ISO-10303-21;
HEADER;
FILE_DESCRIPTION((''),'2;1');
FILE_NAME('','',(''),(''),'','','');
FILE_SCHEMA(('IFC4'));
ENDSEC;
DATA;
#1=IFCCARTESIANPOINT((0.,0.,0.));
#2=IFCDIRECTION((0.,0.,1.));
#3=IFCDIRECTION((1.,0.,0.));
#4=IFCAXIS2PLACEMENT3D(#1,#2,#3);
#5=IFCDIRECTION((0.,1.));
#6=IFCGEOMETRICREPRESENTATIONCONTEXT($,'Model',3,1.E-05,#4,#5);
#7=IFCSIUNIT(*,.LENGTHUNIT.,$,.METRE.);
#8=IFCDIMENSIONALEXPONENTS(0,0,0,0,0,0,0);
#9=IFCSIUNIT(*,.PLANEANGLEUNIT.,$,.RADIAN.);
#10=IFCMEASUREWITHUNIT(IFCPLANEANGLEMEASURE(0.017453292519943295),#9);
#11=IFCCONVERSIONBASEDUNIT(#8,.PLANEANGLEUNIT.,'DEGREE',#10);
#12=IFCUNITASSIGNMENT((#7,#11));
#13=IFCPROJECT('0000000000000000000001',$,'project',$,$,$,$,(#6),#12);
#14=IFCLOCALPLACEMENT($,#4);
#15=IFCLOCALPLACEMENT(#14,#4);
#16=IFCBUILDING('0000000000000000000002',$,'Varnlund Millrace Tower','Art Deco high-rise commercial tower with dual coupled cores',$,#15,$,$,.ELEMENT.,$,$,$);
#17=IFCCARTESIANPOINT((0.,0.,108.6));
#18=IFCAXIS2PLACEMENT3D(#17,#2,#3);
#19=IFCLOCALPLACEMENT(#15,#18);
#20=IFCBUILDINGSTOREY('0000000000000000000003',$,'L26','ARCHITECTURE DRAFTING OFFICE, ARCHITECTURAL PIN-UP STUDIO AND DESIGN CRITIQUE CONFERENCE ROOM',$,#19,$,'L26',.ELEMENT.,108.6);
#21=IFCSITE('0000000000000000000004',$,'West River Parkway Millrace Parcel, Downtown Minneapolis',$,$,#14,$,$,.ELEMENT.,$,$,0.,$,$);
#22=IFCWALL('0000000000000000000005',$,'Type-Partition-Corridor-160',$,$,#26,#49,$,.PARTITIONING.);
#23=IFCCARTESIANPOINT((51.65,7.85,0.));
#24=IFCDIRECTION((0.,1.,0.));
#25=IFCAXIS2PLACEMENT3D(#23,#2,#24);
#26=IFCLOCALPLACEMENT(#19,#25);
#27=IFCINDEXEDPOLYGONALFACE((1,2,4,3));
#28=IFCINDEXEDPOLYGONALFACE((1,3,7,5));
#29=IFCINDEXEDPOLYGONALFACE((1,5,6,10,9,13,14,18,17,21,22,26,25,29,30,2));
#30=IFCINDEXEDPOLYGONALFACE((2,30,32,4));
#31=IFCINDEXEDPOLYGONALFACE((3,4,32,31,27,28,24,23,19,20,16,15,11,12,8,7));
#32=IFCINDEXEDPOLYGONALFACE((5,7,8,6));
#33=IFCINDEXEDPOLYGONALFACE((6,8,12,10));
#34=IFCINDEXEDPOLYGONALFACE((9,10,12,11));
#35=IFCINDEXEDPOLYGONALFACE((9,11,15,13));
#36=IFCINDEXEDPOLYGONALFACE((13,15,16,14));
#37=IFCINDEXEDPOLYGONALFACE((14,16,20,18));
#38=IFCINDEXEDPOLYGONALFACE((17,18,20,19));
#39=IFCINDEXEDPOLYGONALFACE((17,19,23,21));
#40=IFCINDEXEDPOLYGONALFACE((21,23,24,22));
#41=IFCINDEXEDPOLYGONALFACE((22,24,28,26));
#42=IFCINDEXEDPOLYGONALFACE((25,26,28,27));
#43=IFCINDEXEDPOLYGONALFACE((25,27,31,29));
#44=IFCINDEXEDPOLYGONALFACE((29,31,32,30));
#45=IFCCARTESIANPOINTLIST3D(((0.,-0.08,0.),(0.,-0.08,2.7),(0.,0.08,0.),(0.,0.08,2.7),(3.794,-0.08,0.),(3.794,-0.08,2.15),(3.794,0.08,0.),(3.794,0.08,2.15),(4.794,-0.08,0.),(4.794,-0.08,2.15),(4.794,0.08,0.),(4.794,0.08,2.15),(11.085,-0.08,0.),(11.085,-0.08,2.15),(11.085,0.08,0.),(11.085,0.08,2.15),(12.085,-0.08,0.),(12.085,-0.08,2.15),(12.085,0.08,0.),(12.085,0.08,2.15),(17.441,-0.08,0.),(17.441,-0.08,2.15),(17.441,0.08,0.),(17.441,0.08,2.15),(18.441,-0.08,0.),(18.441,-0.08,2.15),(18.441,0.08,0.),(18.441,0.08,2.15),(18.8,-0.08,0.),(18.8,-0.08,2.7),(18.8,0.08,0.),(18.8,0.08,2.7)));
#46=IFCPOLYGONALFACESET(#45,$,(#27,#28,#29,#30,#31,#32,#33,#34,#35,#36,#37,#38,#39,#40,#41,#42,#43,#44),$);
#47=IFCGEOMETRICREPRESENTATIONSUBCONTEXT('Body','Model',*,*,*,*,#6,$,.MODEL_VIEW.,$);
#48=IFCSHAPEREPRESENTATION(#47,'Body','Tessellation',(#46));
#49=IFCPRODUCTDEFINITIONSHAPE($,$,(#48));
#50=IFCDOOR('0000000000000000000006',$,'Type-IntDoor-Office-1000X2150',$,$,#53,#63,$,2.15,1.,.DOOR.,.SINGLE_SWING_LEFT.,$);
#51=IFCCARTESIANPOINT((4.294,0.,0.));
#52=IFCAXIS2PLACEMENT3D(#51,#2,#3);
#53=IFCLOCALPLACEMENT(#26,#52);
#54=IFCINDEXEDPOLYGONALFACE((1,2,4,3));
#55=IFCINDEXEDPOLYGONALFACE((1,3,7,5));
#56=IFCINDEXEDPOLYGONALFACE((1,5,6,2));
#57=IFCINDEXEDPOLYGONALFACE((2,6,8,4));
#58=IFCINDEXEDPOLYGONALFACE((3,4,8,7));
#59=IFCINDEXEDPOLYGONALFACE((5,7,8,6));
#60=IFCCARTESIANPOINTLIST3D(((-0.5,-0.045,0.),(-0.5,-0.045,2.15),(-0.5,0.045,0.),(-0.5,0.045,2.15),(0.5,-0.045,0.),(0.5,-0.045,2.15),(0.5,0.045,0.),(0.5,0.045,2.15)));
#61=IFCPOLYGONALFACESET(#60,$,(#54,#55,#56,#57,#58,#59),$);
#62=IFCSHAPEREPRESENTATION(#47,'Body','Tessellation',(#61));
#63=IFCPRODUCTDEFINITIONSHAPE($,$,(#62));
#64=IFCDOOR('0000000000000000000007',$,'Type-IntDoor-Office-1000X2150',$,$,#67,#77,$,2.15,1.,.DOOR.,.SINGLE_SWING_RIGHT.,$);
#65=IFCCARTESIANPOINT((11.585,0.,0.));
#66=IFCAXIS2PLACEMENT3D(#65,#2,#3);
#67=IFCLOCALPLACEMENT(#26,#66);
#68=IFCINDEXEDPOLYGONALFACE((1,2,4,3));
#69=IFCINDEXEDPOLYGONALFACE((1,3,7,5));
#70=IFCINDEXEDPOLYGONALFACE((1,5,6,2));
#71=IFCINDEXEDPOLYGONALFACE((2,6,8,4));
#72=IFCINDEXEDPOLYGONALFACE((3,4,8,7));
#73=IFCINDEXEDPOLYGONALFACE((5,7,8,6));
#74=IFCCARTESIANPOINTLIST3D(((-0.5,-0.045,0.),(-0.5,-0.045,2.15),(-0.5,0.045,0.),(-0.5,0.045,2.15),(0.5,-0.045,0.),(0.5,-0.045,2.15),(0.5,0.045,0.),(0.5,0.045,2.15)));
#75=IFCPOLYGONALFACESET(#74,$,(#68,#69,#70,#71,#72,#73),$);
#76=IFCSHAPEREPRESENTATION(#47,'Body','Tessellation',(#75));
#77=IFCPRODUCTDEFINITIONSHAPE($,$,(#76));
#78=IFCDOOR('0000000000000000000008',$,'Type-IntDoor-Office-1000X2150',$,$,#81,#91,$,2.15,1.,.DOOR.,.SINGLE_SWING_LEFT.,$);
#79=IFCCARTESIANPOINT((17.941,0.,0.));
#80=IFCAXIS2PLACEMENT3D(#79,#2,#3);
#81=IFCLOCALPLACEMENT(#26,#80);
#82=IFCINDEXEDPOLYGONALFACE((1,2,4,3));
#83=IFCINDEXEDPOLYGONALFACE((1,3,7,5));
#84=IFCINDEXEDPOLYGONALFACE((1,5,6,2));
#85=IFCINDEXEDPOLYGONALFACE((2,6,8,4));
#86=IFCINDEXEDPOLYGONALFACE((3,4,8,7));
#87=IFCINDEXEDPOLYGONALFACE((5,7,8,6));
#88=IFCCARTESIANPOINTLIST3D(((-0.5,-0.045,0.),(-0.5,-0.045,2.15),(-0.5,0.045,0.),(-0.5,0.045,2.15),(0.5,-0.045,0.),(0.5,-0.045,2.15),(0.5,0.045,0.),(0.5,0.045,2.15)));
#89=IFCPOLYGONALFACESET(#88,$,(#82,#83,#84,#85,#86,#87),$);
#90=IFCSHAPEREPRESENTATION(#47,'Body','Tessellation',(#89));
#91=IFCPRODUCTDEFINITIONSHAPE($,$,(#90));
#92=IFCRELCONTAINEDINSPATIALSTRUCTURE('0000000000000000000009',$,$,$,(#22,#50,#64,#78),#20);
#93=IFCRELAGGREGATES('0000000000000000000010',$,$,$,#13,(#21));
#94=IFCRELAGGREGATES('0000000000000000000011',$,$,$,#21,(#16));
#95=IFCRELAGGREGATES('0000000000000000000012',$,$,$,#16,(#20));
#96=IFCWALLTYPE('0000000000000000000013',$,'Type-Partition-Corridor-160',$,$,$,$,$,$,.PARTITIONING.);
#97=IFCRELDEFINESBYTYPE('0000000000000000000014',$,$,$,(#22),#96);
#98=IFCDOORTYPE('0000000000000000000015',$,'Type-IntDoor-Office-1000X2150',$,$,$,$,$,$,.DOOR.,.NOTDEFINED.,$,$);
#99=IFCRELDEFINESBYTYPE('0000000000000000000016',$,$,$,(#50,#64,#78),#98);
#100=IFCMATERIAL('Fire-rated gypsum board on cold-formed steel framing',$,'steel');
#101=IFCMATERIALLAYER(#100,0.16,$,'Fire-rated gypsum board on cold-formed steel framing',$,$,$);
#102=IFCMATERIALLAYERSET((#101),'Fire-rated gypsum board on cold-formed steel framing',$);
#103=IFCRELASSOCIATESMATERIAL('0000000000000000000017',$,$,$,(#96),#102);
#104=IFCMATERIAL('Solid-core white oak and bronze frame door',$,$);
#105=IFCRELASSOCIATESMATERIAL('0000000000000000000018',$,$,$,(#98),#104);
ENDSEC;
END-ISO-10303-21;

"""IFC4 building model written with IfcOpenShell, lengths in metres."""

from ifc_helpers import new_model, entity, si_unit, converted_unit, direction, frame, origin_with_axes, origin_2d_with_axis, place, context, subcontext, project, spatial, polyline, rectangle, outline, extrude, material, layer, layer_set, type_object, element, fill, save


model = new_model("IFC4")

# Units and contexts
model_context = context("Model", 3, precision=1e-05, world=origin_with_axes(), true_north=direction((0.0, 1.0)))
body_context = subcontext(model_context, "Body", "Model", "MODEL_VIEW")
ifc_project = project(units=[si_unit("LENGTHUNIT", "METRE"), converted_unit("PLANEANGLEUNIT", "DEGREE", entity("IfcPlaneAngleMeasure", 0.017453292519943295), si_unit("PLANEANGLEUNIT", "RADIAN"), dimensions=[0, 0, 0, 0, 0, 0, 0])], contexts=[model_context])

# Site, building, storey
site_placement = place(None, origin_with_axes())
site = spatial("IfcSite", under=ifc_project, at=site_placement, Name="West River Parkway Millrace Parcel, Downtown Minneapolis", CompositionType="ELEMENT", RefElevation=0.0)
building_placement = place(site_placement, origin_with_axes())
building = spatial("IfcBuilding", under=site, at=building_placement, Name="Varnlund Millrace Tower", Description="Art Deco high-rise commercial tower with dual coupled cores", CompositionType="ELEMENT")
storey_placement = place(building_placement, frame((0.0, 0.0, 108.6), z_axis=(0.0, 0.0, 1.0), x_axis=(1.0, 0.0, 0.0)))
storey = spatial("IfcBuildingStorey", under=building, at=storey_placement, Name="L26", Description="ARCHITECTURE DRAFTING OFFICE, ARCHITECTURAL PIN-UP STUDIO AND DESIGN CRITIQUE CONFERENCE ROOM", LongName="L26", CompositionType="ELEMENT", Elevation=108.6)

# Wall, openings, doors
ifc_material_1 = material(Name="Fire-rated gypsum board on cold-formed steel framing", Category="steel")
ifc_layer_1 = layer(ifc_material_1, 0.16, Name="Fire-rated gypsum board on cold-formed steel framing")
ifc_layer_set_1 = layer_set([ifc_layer_1], Name="Fire-rated gypsum board on cold-formed steel framing")
wall_type_1 = type_object("IfcWallType", Name="Type-Partition-Corridor-160", PredefinedType="PARTITIONING", material=ifc_layer_set_1)
wall_1_placement = place(storey_placement, frame((51.65, 7.85, 0.0), z_axis=(0.0, 0.0, 1.0), x_axis=(0.0, 1.0, 0.0)))
wall_1 = element("IfcWall", 1, at=wall_1_placement, inside=storey, type_object=wall_type_1, Name="Type-Partition-Corridor-160", PredefinedType="PARTITIONING", context=body_context, shape_type="SweptSolid", body=[
    extrude(outline(polyline([(0.0, -0.08), (18.8, -0.08), (18.8, 0.08), (0.0, 0.08), (0.0, -0.08)])), origin_with_axes(), (0.0, 0.0, 1.0), 2.7),
])
opening_1_placement = place(wall_1_placement, frame((4.294, 0.0, 0.0), z_axis=(0.0, 0.0, 1.0), x_axis=(1.0, 0.0, 0.0)))
opening_1 = element("IfcOpeningElement", 2, at=opening_1_placement, cuts=wall_1, PredefinedType="OPENING", context=body_context, shape_type="SweptSolid", body=[
    extrude(rectangle(XDim=1.0, YDim=0.18, at=origin_2d_with_axis()), origin_with_axes(), (0.0, 0.0, 1.0), 2.15),
])
opening_2_placement = place(wall_1_placement, frame((11.585, 0.0, 0.0), z_axis=(0.0, 0.0, 1.0), x_axis=(1.0, 0.0, 0.0)))
opening_2 = element("IfcOpeningElement", 3, at=opening_2_placement, cuts=wall_1, PredefinedType="OPENING", context=body_context, shape_type="SweptSolid", body=[
    extrude(rectangle(XDim=1.0, YDim=0.18, at=origin_2d_with_axis()), origin_with_axes(), (0.0, 0.0, 1.0), 2.15),
])
opening_3_placement = place(wall_1_placement, frame((17.941, 0.0, 0.0), z_axis=(0.0, 0.0, 1.0), x_axis=(1.0, 0.0, 0.0)))
opening_3 = element("IfcOpeningElement", 4, at=opening_3_placement, cuts=wall_1, PredefinedType="OPENING", context=body_context, shape_type="SweptSolid", body=[
    extrude(rectangle(XDim=1.0, YDim=0.18, at=origin_2d_with_axis()), origin_with_axes(), (0.0, 0.0, 1.0), 2.15),
])
ifc_material_2 = material(Name="Solid-core white oak and bronze frame door")
door_type = type_object("IfcDoorType", Name="Type-IntDoor-Office-1000X2150", OperationType="NOTDEFINED", PredefinedType="DOOR", material=ifc_material_2)
door_1_placement = place(wall_1_placement, frame((4.294, 0.0, 0.0), z_axis=(0.0, 0.0, 1.0), x_axis=(1.0, 0.0, 0.0)))
door_1 = element("IfcDoor", 5, at=door_1_placement, inside=storey, type_object=door_type, Name="Type-IntDoor-Office-1000X2150", OperationType="SINGLE_SWING_LEFT", OverallHeight=2.15, OverallWidth=1.0, PredefinedType="DOOR", context=body_context, shape_type="SweptSolid", body=[
    extrude(rectangle(XDim=1.0, YDim=0.09, at=origin_2d_with_axis()), origin_with_axes(), (0.0, 0.0, 1.0), 2.15),
])
fill(opening_1, door_1)
door_2_placement = place(wall_1_placement, frame((11.585, 0.0, 0.0), z_axis=(0.0, 0.0, 1.0), x_axis=(1.0, 0.0, 0.0)))
door_2 = element("IfcDoor", 6, at=door_2_placement, inside=storey, type_object=door_type, Name="Type-IntDoor-Office-1000X2150", OperationType="SINGLE_SWING_RIGHT", OverallHeight=2.15, OverallWidth=1.0, PredefinedType="DOOR", context=body_context, shape_type="SweptSolid", body=[
    extrude(rectangle(XDim=1.0, YDim=0.09, at=origin_2d_with_axis()), origin_with_axes(), (0.0, 0.0, 1.0), 2.15),
])
fill(opening_2, door_2)
door_3_placement = place(wall_1_placement, frame((17.941, 0.0, 0.0), z_axis=(0.0, 0.0, 1.0), x_axis=(1.0, 0.0, 0.0)))
door_3 = element("IfcDoor", 7, at=door_3_placement, inside=storey, type_object=door_type, Name="Type-IntDoor-Office-1000X2150", OperationType="SINGLE_SWING_LEFT", OverallHeight=2.15, OverallWidth=1.0, PredefinedType="DOOR", context=body_context, shape_type="SweptSolid", body=[
    extrude(rectangle(XDim=1.0, YDim=0.09, at=origin_2d_with_axis()), origin_with_axes(), (0.0, 0.0, 1.0), 2.15),
])
fill(opening_3, door_3)

save(model, "model.ifc")
